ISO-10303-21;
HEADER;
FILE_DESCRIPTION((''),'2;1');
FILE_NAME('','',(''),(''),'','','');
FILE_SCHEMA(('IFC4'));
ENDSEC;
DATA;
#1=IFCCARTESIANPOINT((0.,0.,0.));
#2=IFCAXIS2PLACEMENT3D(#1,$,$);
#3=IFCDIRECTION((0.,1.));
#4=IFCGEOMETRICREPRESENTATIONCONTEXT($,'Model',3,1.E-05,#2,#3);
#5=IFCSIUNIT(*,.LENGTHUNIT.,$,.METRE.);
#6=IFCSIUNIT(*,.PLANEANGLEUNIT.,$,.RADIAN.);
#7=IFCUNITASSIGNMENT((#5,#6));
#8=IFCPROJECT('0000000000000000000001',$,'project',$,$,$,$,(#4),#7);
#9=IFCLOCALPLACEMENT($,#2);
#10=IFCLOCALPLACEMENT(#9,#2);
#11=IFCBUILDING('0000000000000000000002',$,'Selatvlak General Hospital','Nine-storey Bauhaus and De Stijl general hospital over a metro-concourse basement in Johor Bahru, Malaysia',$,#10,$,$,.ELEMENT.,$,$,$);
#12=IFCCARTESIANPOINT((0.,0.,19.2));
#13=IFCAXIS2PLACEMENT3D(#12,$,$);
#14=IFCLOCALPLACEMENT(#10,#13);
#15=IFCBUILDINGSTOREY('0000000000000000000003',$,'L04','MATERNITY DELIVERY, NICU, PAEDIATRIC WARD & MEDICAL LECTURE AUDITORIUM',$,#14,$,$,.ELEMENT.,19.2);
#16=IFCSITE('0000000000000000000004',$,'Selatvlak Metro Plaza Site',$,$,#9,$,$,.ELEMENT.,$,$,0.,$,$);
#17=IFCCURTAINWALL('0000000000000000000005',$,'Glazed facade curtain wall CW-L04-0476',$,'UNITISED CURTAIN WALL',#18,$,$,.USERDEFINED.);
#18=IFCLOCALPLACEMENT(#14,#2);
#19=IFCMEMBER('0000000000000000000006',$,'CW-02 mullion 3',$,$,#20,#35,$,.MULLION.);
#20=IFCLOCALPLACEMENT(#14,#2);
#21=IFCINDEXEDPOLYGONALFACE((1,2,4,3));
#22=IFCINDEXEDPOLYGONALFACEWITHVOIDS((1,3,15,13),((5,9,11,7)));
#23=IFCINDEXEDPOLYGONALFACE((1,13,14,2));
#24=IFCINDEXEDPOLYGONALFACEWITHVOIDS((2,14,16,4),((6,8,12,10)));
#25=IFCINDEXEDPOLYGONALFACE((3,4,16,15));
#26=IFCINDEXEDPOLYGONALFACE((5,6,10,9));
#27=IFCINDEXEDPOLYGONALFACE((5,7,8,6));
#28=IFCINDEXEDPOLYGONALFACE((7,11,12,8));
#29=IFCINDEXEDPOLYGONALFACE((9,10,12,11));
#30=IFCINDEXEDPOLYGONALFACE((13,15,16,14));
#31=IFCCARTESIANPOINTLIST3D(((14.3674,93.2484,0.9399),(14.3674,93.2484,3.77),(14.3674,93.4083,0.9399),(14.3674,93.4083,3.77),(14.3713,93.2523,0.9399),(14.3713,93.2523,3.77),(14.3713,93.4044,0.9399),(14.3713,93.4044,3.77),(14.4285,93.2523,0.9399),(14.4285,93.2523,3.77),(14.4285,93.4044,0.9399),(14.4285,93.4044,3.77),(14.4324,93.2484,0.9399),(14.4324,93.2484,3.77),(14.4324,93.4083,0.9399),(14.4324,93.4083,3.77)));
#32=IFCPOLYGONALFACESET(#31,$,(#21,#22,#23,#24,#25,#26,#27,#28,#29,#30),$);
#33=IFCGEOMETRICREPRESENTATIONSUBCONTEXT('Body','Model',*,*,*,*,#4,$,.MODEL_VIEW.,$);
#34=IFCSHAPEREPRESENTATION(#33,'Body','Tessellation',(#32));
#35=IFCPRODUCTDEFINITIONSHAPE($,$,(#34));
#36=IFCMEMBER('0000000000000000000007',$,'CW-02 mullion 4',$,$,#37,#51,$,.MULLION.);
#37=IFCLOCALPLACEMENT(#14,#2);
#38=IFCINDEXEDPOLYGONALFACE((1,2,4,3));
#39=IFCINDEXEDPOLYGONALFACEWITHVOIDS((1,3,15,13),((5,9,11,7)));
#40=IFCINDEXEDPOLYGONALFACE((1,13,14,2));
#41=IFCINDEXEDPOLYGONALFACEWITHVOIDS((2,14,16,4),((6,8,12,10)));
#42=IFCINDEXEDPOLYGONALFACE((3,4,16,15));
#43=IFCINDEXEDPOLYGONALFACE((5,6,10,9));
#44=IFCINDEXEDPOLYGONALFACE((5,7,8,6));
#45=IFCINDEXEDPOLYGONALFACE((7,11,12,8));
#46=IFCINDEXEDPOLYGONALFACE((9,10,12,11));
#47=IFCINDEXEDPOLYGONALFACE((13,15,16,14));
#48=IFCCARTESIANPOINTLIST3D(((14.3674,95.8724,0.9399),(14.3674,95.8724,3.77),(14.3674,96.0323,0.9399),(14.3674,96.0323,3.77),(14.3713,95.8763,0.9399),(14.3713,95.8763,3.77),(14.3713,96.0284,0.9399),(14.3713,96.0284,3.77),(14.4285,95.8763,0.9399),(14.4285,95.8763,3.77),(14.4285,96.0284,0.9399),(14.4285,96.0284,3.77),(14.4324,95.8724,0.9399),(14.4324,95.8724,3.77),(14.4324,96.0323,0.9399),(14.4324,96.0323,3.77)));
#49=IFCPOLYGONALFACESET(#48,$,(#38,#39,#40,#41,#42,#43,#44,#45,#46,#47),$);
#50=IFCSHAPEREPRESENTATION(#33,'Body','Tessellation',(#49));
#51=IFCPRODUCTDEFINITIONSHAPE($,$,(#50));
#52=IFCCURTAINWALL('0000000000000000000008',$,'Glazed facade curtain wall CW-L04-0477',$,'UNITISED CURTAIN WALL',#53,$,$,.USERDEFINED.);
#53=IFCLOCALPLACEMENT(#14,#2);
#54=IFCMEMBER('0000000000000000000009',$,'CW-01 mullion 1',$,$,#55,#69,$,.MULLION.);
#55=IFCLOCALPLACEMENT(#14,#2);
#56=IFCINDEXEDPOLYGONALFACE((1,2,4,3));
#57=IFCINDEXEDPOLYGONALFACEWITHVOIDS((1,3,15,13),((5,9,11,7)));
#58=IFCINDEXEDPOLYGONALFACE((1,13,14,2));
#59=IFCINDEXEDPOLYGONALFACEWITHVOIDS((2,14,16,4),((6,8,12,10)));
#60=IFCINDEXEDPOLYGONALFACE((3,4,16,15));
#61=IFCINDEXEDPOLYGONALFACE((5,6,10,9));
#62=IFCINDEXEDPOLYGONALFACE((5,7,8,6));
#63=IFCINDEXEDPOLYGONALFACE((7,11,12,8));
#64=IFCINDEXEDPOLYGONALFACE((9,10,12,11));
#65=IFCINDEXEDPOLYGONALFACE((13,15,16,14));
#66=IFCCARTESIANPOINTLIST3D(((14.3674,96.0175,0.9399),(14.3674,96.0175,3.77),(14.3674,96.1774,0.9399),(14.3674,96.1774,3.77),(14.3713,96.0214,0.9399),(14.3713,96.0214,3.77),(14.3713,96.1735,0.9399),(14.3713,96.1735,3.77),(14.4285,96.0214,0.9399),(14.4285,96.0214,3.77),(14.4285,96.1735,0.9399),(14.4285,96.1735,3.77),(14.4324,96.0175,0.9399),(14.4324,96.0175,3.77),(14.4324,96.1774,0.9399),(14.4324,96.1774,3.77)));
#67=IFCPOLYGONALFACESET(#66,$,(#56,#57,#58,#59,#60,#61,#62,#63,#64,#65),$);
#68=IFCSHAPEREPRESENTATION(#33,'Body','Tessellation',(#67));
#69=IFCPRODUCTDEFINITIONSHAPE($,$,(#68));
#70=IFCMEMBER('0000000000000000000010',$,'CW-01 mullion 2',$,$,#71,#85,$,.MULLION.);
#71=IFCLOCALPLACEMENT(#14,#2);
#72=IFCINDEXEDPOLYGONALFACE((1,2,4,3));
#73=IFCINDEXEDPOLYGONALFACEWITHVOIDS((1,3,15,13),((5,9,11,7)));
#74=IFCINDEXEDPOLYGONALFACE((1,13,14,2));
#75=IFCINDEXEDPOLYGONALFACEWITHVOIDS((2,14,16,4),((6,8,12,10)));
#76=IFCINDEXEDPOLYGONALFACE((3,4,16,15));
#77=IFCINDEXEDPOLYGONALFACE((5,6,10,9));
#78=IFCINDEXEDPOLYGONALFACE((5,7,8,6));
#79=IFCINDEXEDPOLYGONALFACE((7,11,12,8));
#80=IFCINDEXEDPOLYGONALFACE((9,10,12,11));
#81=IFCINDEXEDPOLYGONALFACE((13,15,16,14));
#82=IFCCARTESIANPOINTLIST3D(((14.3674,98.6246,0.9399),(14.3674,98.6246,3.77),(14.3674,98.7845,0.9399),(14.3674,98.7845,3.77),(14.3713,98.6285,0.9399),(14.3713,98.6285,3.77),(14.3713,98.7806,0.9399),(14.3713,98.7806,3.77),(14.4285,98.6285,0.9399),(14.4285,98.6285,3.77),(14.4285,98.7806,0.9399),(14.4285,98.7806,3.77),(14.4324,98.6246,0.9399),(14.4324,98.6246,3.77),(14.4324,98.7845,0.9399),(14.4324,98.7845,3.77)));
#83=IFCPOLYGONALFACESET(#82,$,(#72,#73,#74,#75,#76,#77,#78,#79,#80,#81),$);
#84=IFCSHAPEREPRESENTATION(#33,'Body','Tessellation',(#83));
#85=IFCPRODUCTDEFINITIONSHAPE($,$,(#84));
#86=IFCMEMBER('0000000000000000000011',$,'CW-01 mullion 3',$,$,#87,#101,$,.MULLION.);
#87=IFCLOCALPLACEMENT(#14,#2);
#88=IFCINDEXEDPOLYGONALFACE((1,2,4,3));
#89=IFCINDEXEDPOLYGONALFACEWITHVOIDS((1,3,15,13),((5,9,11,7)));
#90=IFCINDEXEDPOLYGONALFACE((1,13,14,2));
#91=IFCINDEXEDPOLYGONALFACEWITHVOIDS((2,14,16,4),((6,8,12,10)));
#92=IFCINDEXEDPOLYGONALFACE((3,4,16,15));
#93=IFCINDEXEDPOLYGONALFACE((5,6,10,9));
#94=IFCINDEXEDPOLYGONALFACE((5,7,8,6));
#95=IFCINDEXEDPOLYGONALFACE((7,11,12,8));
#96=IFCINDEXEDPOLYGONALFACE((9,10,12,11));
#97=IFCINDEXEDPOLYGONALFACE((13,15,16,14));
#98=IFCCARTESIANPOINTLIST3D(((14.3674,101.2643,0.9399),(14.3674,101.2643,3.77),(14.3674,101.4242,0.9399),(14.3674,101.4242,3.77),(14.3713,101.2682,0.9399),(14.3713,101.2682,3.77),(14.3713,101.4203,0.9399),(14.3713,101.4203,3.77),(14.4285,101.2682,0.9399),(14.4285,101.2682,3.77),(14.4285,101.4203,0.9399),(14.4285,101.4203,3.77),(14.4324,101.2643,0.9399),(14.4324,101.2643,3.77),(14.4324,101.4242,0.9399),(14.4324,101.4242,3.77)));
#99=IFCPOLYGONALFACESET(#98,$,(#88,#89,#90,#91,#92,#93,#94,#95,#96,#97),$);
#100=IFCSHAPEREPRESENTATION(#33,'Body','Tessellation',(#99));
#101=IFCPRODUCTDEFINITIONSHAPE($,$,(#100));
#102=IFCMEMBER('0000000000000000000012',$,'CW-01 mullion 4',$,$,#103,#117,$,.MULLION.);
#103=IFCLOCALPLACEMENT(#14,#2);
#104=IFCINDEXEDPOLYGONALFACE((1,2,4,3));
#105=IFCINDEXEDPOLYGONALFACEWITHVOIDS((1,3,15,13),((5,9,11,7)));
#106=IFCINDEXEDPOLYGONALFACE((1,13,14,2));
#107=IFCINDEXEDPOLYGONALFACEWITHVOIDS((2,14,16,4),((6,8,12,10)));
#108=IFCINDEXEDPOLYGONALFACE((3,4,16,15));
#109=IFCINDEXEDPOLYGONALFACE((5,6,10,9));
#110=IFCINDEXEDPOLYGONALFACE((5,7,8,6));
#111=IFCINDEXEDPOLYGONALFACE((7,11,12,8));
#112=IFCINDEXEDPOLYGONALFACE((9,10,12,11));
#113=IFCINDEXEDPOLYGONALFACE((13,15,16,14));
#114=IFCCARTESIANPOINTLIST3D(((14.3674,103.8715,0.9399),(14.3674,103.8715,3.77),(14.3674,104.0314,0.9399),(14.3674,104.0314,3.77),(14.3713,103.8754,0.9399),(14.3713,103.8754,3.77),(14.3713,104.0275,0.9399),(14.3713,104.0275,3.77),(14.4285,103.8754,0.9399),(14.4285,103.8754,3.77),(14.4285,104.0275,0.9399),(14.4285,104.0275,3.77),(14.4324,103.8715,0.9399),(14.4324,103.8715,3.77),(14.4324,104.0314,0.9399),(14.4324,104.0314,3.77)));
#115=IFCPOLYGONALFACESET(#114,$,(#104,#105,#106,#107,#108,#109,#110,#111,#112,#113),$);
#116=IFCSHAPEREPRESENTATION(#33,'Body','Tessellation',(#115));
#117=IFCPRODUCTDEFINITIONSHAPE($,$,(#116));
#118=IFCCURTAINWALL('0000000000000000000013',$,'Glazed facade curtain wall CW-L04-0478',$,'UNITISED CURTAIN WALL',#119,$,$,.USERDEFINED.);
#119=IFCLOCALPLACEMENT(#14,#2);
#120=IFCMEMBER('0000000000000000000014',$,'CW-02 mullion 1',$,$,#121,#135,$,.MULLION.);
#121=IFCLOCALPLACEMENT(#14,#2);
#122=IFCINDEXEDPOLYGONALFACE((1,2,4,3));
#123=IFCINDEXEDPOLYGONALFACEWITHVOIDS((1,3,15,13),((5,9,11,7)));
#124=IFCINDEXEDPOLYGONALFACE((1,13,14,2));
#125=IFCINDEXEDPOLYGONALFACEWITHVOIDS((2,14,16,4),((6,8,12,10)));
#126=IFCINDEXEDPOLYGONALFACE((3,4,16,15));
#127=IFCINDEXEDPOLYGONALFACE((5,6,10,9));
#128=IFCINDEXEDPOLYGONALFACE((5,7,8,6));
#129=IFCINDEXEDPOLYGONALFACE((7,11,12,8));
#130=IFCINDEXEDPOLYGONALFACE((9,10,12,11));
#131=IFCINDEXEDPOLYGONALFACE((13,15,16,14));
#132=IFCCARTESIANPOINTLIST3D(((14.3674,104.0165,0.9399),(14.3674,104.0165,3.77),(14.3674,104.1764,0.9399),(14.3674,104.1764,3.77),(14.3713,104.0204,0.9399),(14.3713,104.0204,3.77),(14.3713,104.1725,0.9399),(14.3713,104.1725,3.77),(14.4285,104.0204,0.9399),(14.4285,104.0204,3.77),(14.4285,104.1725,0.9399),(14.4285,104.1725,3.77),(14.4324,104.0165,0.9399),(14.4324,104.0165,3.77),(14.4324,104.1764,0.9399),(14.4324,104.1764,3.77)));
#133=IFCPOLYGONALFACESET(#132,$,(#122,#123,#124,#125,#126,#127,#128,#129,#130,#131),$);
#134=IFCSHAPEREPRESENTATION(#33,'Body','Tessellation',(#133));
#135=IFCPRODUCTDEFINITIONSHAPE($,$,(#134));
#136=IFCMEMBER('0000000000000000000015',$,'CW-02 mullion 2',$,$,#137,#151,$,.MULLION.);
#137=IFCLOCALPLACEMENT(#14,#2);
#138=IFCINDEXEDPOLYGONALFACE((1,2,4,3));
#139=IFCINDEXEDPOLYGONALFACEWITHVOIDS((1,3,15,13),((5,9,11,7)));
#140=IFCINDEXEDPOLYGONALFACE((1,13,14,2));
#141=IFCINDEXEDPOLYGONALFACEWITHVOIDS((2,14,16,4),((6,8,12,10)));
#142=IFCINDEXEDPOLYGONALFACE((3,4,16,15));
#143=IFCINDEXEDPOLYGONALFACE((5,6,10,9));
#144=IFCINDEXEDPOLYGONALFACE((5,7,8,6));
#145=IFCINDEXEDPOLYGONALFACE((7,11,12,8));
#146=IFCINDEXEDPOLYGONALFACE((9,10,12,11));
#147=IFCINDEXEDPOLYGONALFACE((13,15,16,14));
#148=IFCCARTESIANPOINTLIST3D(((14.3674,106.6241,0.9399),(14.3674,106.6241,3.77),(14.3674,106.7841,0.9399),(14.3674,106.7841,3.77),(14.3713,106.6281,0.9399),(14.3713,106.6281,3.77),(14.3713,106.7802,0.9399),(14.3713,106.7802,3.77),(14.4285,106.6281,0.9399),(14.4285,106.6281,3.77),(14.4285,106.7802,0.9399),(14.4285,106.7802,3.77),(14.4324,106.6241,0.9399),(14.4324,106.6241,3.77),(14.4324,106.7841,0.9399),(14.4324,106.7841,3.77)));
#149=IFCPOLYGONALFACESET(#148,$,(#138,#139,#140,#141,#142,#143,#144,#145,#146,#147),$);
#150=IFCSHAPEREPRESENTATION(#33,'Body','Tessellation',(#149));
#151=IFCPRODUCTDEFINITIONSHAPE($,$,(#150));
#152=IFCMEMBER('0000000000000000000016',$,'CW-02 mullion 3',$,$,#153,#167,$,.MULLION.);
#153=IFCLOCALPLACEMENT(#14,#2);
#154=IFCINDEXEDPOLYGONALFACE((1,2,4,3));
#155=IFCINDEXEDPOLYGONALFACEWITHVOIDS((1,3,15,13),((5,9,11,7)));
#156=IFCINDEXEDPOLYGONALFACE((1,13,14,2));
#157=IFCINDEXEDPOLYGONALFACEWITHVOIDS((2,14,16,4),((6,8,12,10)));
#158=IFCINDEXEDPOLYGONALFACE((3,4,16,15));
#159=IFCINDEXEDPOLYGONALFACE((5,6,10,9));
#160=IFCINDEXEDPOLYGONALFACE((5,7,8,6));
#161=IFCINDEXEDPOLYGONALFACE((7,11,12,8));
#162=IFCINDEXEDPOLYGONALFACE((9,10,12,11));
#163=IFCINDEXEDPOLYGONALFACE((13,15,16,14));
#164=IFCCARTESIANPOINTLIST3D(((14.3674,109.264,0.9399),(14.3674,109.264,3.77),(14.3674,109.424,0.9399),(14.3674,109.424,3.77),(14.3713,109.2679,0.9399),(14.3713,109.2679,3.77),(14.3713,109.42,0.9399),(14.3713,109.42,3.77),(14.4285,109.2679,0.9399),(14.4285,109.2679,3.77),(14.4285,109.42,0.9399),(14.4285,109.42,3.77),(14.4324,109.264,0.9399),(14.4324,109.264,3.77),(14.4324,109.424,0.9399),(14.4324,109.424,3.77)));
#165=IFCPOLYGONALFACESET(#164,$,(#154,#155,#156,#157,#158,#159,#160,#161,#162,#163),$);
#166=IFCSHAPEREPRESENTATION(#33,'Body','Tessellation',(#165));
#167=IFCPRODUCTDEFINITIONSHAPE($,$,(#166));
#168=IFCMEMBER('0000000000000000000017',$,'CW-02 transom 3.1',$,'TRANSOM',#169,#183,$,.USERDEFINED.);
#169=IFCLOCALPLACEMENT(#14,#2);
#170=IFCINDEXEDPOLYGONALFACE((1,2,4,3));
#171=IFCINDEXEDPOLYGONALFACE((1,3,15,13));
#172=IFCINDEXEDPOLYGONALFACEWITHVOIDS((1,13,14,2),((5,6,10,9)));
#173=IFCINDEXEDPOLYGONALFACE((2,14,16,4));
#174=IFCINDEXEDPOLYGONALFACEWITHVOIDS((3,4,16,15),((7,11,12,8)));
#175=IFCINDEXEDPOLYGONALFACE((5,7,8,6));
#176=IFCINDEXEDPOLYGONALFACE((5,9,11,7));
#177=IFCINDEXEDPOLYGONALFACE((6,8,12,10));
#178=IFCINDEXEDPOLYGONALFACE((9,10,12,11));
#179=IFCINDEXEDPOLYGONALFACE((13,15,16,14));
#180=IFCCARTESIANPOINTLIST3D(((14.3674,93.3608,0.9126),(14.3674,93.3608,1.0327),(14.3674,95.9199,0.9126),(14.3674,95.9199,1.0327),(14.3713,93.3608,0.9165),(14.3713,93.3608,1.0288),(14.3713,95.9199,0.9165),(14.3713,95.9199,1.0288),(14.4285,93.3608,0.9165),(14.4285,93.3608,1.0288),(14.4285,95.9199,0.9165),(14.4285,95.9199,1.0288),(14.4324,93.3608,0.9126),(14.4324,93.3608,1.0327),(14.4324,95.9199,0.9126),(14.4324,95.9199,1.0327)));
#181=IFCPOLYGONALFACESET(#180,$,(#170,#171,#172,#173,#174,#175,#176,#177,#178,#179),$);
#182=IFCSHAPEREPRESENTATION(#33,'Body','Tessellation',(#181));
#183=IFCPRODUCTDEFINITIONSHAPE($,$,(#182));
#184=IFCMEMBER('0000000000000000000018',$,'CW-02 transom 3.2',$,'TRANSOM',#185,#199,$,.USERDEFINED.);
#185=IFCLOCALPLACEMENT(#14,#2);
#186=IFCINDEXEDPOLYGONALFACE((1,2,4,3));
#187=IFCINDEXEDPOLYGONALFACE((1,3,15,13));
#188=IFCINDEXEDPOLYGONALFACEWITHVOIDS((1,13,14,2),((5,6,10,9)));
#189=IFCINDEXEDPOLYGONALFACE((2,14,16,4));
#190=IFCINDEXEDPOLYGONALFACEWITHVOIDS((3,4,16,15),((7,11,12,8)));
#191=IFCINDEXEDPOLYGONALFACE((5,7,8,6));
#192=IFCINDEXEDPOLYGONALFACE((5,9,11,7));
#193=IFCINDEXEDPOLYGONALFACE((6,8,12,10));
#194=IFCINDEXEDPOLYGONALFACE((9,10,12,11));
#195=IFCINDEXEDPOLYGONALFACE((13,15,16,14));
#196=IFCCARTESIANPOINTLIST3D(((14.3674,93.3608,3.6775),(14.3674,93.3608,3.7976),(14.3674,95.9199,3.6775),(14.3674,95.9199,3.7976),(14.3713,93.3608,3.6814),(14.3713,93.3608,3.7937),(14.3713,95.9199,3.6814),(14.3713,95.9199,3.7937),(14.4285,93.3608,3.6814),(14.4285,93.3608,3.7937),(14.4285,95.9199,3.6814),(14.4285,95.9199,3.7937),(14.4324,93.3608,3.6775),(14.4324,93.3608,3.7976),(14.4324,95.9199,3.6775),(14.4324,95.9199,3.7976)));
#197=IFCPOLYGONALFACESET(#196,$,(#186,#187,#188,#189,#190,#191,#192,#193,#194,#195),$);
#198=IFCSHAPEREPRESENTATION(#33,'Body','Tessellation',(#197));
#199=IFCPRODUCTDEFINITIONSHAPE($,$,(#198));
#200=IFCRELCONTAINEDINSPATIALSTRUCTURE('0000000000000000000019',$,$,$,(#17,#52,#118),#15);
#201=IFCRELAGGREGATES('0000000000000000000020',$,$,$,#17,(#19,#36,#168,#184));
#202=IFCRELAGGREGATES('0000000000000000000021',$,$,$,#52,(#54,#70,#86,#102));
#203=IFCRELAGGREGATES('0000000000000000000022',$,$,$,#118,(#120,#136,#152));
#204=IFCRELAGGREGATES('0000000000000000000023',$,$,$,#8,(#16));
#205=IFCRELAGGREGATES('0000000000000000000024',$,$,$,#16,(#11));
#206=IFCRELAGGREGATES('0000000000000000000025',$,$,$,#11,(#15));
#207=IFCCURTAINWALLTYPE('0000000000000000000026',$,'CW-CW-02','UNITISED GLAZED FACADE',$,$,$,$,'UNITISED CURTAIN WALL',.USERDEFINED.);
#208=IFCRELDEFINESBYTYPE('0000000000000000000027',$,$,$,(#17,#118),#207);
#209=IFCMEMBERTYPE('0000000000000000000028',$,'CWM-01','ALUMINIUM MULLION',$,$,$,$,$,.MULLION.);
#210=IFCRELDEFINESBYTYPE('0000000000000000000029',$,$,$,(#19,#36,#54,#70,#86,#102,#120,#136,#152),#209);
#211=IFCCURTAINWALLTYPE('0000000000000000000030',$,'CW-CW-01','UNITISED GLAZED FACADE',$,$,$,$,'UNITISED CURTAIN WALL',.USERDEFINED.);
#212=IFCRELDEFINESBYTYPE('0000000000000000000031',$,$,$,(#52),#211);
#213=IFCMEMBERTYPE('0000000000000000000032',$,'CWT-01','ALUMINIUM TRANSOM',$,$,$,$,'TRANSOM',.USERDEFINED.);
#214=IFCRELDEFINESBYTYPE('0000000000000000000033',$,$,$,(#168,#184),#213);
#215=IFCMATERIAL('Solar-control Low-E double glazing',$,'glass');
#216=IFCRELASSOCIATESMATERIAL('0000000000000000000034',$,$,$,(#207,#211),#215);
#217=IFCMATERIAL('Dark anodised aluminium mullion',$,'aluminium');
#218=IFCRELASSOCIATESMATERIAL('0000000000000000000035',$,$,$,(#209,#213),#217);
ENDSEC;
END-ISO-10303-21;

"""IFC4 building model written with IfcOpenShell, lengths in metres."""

from ifc_helpers import new_model, si_unit, direction, frame, origin, origin_2d, place, context, subcontext, project, spatial, hollow_rectangle, extrude, material, material_profile, profile_set, type_object, element, aggregate, save


model = new_model("IFC4")

# Units and contexts
model_context = context("Model", 3, precision=1e-05, world=origin(), true_north=direction((0.0, 1.0)))
body_context = subcontext(model_context, "Body", "Model", "MODEL_VIEW")
ifc_project = project(units=[si_unit("LENGTHUNIT", "METRE"), si_unit("PLANEANGLEUNIT", "RADIAN")], contexts=[model_context])

# Site, building, storey
site_placement = place(None, origin())
site = spatial("IfcSite", under=ifc_project, at=site_placement, Name="Selatvlak Metro Plaza Site", CompositionType="ELEMENT", RefElevation=0.0)
building_placement = place(site_placement, origin())
building = spatial("IfcBuilding", under=site, at=building_placement, Name="Selatvlak General Hospital", Description="Nine-storey Bauhaus and De Stijl general hospital over a metro-concourse basement in Johor Bahru, Malaysia", CompositionType="ELEMENT")
storey_placement = place(building_placement, frame((0.0, 0.0, 19.2)))
storey = spatial("IfcBuildingStorey", under=building, at=storey_placement, Name="L04", Description="MATERNITY DELIVERY, NICU, PAEDIATRIC WARD & MEDICAL LECTURE AUDITORIUM", CompositionType="ELEMENT", Elevation=19.2)

# Curtain walls, members
ifc_material_1 = material(Name="Solar-control Low-E double glazing", Category="glass")
curtain_wall_type_1 = type_object("IfcCurtainWallType", Name="CW-CW-02", Description="UNITISED GLAZED FACADE", ElementType="UNITISED CURTAIN WALL", PredefinedType="USERDEFINED", material=ifc_material_1)
curtain_wall_1_placement = place(storey_placement, origin())
curtain_wall_1 = element("IfcCurtainWall", 1, at=curtain_wall_1_placement, inside=storey, type_object=curtain_wall_type_1, Name="Glazed facade curtain wall CW-L04-0476", ObjectType="UNITISED CURTAIN WALL", PredefinedType="USERDEFINED")
ifc_material_2 = material(Name="Dark anodised aluminium mullion", Category="aluminium")
ifc_material_profile_1 = material_profile(ifc_material_2, hollow_rectangle(XDim=0.0649, YDim=0.1599, WallThickness=0.0039, at=origin_2d()), Name="AL-MUL 65x160x4")
ifc_profile_set_1 = profile_set([ifc_material_profile_1], Name="Dark anodised aluminium mullion")
member_type_1 = type_object("IfcMemberType", Name="CWM-01", Description="ALUMINIUM MULLION", PredefinedType="MULLION", material=ifc_profile_set_1)
member_1_placement = place(storey_placement, frame((14.3999, 93.3284, 0.9399), z_axis=(0.0, 0.0, 1.0), x_axis=(-1.0, 0.0, 0.0)))
member_1 = element("IfcMember", 2, at=member_1_placement, type_object=member_type_1, Name="CW-02 mullion 3", PredefinedType="MULLION", context=body_context, shape_type="SweptSolid", body=[
    extrude(hollow_rectangle(XDim=0.0649, YDim=0.1599, WallThickness=0.0039, at=origin_2d()), origin(), (0.0, 0.0, 1.0), 2.8301),
])
member_2_placement = place(storey_placement, frame((14.3999, 95.9524, 0.9399), z_axis=(0.0, 0.0, 1.0), x_axis=(-1.0, 0.0, 0.0)))
member_2 = element("IfcMember", 3, at=member_2_placement, type_object=member_type_1, Name="CW-02 mullion 4", PredefinedType="MULLION", context=body_context, shape_type="SweptSolid", body=[
    extrude(hollow_rectangle(XDim=0.0649, YDim=0.1599, WallThickness=0.0039, at=origin_2d()), origin(), (0.0, 0.0, 1.0), 2.8301),
])
curtain_wall_type_2 = type_object("IfcCurtainWallType", Name="CW-CW-01", Description="UNITISED GLAZED FACADE", ElementType="UNITISED CURTAIN WALL", PredefinedType="USERDEFINED", material=ifc_material_1)
curtain_wall_2_placement = place(storey_placement, origin())
curtain_wall_2 = element("IfcCurtainWall", 4, at=curtain_wall_2_placement, inside=storey, type_object=curtain_wall_type_2, Name="Glazed facade curtain wall CW-L04-0477", ObjectType="UNITISED CURTAIN WALL", PredefinedType="USERDEFINED")
member_3_placement = place(storey_placement, frame((14.3999, 96.0974, 0.9399), z_axis=(0.0, 0.0, 1.0), x_axis=(-1.0, 0.0, 0.0)))
member_3 = element("IfcMember", 5, at=member_3_placement, type_object=member_type_1, Name="CW-01 mullion 1", PredefinedType="MULLION", context=body_context, shape_type="SweptSolid", body=[
    extrude(hollow_rectangle(XDim=0.0649, YDim=0.1599, WallThickness=0.0039, at=origin_2d()), origin(), (0.0, 0.0, 1.0), 2.8301),
])
member_4_placement = place(storey_placement, frame((14.3999, 98.7046, 0.9399), z_axis=(0.0, 0.0, 1.0), x_axis=(-1.0, 0.0, 0.0)))
member_4 = element("IfcMember", 6, at=member_4_placement, type_object=member_type_1, Name="CW-01 mullion 2", PredefinedType="MULLION", context=body_context, shape_type="SweptSolid", body=[
    extrude(hollow_rectangle(XDim=0.0649, YDim=0.1599, WallThickness=0.0039, at=origin_2d()), origin(), (0.0, 0.0, 1.0), 2.8301),
])
member_5_placement = place(storey_placement, frame((14.3999, 101.3442, 0.9399), z_axis=(0.0, 0.0, 1.0), x_axis=(-1.0, 0.0, 0.0)))
member_5 = element("IfcMember", 7, at=member_5_placement, type_object=member_type_1, Name="CW-01 mullion 3", PredefinedType="MULLION", context=body_context, shape_type="SweptSolid", body=[
    extrude(hollow_rectangle(XDim=0.0649, YDim=0.1599, WallThickness=0.0039, at=origin_2d()), origin(), (0.0, 0.0, 1.0), 2.8301),
])
member_6_placement = place(storey_placement, frame((14.3999, 103.9514, 0.9399), z_axis=(0.0, 0.0, 1.0), x_axis=(-1.0, 0.0, 0.0)))
member_6 = element("IfcMember", 8, at=member_6_placement, type_object=member_type_1, Name="CW-01 mullion 4", PredefinedType="MULLION", context=body_context, shape_type="SweptSolid", body=[
    extrude(hollow_rectangle(XDim=0.0649, YDim=0.1599, WallThickness=0.0039, at=origin_2d()), origin(), (0.0, 0.0, 1.0), 2.8301),
])
curtain_wall_3_placement = place(storey_placement, origin())
curtain_wall_3 = element("IfcCurtainWall", 9, at=curtain_wall_3_placement, inside=storey, type_object=curtain_wall_type_1, Name="Glazed facade curtain wall CW-L04-0478", ObjectType="UNITISED CURTAIN WALL", PredefinedType="USERDEFINED")
member_7_placement = place(storey_placement, frame((14.3999, 104.0964, 0.9399), z_axis=(0.0, 0.0, 1.0), x_axis=(-1.0, 0.0, 0.0)))
member_7 = element("IfcMember", 10, at=member_7_placement, type_object=member_type_1, Name="CW-02 mullion 1", PredefinedType="MULLION", context=body_context, shape_type="SweptSolid", body=[
    extrude(hollow_rectangle(XDim=0.0649, YDim=0.1599, WallThickness=0.0039, at=origin_2d()), origin(), (0.0, 0.0, 1.0), 2.8301),
])
member_8_placement = place(storey_placement, frame((14.3999, 106.7041, 0.9399), z_axis=(0.0, 0.0, 1.0), x_axis=(-1.0, 0.0, 0.0)))
member_8 = element("IfcMember", 11, at=member_8_placement, type_object=member_type_1, Name="CW-02 mullion 2", PredefinedType="MULLION", context=body_context, shape_type="SweptSolid", body=[
    extrude(hollow_rectangle(XDim=0.0649, YDim=0.1599, WallThickness=0.0039, at=origin_2d()), origin(), (0.0, 0.0, 1.0), 2.8301),
])
member_9_placement = place(storey_placement, frame((14.3999, 109.344, 0.9399), z_axis=(0.0, 0.0, 1.0), x_axis=(-1.0, 0.0, 0.0)))
member_9 = element("IfcMember", 12, at=member_9_placement, type_object=member_type_1, Name="CW-02 mullion 3", PredefinedType="MULLION", context=body_context, shape_type="SweptSolid", body=[
    extrude(hollow_rectangle(XDim=0.0649, YDim=0.1599, WallThickness=0.0039, at=origin_2d()), origin(), (0.0, 0.0, 1.0), 2.8301),
])

# Members
ifc_material_profile_2 = material_profile(ifc_material_2, hollow_rectangle(XDim=0.0649, YDim=0.1201, WallThickness=0.0039, at=origin_2d()), Name="AL-TRN 65x120x4")
ifc_profile_set_2 = profile_set([ifc_material_profile_2], Name="Dark anodised aluminium mullion")
member_type_2 = type_object("IfcMemberType", Name="CWT-01", Description="ALUMINIUM TRANSOM", ElementType="TRANSOM", PredefinedType="USERDEFINED", material=ifc_profile_set_2)
member_10_placement = place(storey_placement, frame((14.3999, 93.3608, 0.9727), z_axis=(0.0, 1.0, 0.0), x_axis=(-1.0, 0.0, 0.0)))
member_10 = element("IfcMember", 13, at=member_10_placement, type_object=member_type_2, Name="CW-02 transom 3.1", ObjectType="TRANSOM", PredefinedType="USERDEFINED", context=body_context, shape_type="SweptSolid", body=[
    extrude(hollow_rectangle(XDim=0.0649, YDim=0.1201, WallThickness=0.0039, at=origin_2d()), origin(), (0.0, 0.0, 1.0), 2.5591),
])
member_11_placement = place(storey_placement, frame((14.3999, 93.3608, 3.7375), z_axis=(0.0, 1.0, 0.0), x_axis=(-1.0, 0.0, 0.0)))
member_11 = element("IfcMember", 14, at=member_11_placement, type_object=member_type_2, Name="CW-02 transom 3.2", ObjectType="TRANSOM", PredefinedType="USERDEFINED", context=body_context, shape_type="SweptSolid", body=[
    extrude(hollow_rectangle(XDim=0.0649, YDim=0.1201, WallThickness=0.0039, at=origin_2d()), origin(), (0.0, 0.0, 1.0), 2.5591),
])

aggregate(curtain_wall_1, [member_1, member_2, member_10, member_11])
aggregate(curtain_wall_2, [member_3, member_4, member_5, member_6])
aggregate(curtain_wall_3, [member_7, member_8, member_9])

save(model, "model.ifc")
